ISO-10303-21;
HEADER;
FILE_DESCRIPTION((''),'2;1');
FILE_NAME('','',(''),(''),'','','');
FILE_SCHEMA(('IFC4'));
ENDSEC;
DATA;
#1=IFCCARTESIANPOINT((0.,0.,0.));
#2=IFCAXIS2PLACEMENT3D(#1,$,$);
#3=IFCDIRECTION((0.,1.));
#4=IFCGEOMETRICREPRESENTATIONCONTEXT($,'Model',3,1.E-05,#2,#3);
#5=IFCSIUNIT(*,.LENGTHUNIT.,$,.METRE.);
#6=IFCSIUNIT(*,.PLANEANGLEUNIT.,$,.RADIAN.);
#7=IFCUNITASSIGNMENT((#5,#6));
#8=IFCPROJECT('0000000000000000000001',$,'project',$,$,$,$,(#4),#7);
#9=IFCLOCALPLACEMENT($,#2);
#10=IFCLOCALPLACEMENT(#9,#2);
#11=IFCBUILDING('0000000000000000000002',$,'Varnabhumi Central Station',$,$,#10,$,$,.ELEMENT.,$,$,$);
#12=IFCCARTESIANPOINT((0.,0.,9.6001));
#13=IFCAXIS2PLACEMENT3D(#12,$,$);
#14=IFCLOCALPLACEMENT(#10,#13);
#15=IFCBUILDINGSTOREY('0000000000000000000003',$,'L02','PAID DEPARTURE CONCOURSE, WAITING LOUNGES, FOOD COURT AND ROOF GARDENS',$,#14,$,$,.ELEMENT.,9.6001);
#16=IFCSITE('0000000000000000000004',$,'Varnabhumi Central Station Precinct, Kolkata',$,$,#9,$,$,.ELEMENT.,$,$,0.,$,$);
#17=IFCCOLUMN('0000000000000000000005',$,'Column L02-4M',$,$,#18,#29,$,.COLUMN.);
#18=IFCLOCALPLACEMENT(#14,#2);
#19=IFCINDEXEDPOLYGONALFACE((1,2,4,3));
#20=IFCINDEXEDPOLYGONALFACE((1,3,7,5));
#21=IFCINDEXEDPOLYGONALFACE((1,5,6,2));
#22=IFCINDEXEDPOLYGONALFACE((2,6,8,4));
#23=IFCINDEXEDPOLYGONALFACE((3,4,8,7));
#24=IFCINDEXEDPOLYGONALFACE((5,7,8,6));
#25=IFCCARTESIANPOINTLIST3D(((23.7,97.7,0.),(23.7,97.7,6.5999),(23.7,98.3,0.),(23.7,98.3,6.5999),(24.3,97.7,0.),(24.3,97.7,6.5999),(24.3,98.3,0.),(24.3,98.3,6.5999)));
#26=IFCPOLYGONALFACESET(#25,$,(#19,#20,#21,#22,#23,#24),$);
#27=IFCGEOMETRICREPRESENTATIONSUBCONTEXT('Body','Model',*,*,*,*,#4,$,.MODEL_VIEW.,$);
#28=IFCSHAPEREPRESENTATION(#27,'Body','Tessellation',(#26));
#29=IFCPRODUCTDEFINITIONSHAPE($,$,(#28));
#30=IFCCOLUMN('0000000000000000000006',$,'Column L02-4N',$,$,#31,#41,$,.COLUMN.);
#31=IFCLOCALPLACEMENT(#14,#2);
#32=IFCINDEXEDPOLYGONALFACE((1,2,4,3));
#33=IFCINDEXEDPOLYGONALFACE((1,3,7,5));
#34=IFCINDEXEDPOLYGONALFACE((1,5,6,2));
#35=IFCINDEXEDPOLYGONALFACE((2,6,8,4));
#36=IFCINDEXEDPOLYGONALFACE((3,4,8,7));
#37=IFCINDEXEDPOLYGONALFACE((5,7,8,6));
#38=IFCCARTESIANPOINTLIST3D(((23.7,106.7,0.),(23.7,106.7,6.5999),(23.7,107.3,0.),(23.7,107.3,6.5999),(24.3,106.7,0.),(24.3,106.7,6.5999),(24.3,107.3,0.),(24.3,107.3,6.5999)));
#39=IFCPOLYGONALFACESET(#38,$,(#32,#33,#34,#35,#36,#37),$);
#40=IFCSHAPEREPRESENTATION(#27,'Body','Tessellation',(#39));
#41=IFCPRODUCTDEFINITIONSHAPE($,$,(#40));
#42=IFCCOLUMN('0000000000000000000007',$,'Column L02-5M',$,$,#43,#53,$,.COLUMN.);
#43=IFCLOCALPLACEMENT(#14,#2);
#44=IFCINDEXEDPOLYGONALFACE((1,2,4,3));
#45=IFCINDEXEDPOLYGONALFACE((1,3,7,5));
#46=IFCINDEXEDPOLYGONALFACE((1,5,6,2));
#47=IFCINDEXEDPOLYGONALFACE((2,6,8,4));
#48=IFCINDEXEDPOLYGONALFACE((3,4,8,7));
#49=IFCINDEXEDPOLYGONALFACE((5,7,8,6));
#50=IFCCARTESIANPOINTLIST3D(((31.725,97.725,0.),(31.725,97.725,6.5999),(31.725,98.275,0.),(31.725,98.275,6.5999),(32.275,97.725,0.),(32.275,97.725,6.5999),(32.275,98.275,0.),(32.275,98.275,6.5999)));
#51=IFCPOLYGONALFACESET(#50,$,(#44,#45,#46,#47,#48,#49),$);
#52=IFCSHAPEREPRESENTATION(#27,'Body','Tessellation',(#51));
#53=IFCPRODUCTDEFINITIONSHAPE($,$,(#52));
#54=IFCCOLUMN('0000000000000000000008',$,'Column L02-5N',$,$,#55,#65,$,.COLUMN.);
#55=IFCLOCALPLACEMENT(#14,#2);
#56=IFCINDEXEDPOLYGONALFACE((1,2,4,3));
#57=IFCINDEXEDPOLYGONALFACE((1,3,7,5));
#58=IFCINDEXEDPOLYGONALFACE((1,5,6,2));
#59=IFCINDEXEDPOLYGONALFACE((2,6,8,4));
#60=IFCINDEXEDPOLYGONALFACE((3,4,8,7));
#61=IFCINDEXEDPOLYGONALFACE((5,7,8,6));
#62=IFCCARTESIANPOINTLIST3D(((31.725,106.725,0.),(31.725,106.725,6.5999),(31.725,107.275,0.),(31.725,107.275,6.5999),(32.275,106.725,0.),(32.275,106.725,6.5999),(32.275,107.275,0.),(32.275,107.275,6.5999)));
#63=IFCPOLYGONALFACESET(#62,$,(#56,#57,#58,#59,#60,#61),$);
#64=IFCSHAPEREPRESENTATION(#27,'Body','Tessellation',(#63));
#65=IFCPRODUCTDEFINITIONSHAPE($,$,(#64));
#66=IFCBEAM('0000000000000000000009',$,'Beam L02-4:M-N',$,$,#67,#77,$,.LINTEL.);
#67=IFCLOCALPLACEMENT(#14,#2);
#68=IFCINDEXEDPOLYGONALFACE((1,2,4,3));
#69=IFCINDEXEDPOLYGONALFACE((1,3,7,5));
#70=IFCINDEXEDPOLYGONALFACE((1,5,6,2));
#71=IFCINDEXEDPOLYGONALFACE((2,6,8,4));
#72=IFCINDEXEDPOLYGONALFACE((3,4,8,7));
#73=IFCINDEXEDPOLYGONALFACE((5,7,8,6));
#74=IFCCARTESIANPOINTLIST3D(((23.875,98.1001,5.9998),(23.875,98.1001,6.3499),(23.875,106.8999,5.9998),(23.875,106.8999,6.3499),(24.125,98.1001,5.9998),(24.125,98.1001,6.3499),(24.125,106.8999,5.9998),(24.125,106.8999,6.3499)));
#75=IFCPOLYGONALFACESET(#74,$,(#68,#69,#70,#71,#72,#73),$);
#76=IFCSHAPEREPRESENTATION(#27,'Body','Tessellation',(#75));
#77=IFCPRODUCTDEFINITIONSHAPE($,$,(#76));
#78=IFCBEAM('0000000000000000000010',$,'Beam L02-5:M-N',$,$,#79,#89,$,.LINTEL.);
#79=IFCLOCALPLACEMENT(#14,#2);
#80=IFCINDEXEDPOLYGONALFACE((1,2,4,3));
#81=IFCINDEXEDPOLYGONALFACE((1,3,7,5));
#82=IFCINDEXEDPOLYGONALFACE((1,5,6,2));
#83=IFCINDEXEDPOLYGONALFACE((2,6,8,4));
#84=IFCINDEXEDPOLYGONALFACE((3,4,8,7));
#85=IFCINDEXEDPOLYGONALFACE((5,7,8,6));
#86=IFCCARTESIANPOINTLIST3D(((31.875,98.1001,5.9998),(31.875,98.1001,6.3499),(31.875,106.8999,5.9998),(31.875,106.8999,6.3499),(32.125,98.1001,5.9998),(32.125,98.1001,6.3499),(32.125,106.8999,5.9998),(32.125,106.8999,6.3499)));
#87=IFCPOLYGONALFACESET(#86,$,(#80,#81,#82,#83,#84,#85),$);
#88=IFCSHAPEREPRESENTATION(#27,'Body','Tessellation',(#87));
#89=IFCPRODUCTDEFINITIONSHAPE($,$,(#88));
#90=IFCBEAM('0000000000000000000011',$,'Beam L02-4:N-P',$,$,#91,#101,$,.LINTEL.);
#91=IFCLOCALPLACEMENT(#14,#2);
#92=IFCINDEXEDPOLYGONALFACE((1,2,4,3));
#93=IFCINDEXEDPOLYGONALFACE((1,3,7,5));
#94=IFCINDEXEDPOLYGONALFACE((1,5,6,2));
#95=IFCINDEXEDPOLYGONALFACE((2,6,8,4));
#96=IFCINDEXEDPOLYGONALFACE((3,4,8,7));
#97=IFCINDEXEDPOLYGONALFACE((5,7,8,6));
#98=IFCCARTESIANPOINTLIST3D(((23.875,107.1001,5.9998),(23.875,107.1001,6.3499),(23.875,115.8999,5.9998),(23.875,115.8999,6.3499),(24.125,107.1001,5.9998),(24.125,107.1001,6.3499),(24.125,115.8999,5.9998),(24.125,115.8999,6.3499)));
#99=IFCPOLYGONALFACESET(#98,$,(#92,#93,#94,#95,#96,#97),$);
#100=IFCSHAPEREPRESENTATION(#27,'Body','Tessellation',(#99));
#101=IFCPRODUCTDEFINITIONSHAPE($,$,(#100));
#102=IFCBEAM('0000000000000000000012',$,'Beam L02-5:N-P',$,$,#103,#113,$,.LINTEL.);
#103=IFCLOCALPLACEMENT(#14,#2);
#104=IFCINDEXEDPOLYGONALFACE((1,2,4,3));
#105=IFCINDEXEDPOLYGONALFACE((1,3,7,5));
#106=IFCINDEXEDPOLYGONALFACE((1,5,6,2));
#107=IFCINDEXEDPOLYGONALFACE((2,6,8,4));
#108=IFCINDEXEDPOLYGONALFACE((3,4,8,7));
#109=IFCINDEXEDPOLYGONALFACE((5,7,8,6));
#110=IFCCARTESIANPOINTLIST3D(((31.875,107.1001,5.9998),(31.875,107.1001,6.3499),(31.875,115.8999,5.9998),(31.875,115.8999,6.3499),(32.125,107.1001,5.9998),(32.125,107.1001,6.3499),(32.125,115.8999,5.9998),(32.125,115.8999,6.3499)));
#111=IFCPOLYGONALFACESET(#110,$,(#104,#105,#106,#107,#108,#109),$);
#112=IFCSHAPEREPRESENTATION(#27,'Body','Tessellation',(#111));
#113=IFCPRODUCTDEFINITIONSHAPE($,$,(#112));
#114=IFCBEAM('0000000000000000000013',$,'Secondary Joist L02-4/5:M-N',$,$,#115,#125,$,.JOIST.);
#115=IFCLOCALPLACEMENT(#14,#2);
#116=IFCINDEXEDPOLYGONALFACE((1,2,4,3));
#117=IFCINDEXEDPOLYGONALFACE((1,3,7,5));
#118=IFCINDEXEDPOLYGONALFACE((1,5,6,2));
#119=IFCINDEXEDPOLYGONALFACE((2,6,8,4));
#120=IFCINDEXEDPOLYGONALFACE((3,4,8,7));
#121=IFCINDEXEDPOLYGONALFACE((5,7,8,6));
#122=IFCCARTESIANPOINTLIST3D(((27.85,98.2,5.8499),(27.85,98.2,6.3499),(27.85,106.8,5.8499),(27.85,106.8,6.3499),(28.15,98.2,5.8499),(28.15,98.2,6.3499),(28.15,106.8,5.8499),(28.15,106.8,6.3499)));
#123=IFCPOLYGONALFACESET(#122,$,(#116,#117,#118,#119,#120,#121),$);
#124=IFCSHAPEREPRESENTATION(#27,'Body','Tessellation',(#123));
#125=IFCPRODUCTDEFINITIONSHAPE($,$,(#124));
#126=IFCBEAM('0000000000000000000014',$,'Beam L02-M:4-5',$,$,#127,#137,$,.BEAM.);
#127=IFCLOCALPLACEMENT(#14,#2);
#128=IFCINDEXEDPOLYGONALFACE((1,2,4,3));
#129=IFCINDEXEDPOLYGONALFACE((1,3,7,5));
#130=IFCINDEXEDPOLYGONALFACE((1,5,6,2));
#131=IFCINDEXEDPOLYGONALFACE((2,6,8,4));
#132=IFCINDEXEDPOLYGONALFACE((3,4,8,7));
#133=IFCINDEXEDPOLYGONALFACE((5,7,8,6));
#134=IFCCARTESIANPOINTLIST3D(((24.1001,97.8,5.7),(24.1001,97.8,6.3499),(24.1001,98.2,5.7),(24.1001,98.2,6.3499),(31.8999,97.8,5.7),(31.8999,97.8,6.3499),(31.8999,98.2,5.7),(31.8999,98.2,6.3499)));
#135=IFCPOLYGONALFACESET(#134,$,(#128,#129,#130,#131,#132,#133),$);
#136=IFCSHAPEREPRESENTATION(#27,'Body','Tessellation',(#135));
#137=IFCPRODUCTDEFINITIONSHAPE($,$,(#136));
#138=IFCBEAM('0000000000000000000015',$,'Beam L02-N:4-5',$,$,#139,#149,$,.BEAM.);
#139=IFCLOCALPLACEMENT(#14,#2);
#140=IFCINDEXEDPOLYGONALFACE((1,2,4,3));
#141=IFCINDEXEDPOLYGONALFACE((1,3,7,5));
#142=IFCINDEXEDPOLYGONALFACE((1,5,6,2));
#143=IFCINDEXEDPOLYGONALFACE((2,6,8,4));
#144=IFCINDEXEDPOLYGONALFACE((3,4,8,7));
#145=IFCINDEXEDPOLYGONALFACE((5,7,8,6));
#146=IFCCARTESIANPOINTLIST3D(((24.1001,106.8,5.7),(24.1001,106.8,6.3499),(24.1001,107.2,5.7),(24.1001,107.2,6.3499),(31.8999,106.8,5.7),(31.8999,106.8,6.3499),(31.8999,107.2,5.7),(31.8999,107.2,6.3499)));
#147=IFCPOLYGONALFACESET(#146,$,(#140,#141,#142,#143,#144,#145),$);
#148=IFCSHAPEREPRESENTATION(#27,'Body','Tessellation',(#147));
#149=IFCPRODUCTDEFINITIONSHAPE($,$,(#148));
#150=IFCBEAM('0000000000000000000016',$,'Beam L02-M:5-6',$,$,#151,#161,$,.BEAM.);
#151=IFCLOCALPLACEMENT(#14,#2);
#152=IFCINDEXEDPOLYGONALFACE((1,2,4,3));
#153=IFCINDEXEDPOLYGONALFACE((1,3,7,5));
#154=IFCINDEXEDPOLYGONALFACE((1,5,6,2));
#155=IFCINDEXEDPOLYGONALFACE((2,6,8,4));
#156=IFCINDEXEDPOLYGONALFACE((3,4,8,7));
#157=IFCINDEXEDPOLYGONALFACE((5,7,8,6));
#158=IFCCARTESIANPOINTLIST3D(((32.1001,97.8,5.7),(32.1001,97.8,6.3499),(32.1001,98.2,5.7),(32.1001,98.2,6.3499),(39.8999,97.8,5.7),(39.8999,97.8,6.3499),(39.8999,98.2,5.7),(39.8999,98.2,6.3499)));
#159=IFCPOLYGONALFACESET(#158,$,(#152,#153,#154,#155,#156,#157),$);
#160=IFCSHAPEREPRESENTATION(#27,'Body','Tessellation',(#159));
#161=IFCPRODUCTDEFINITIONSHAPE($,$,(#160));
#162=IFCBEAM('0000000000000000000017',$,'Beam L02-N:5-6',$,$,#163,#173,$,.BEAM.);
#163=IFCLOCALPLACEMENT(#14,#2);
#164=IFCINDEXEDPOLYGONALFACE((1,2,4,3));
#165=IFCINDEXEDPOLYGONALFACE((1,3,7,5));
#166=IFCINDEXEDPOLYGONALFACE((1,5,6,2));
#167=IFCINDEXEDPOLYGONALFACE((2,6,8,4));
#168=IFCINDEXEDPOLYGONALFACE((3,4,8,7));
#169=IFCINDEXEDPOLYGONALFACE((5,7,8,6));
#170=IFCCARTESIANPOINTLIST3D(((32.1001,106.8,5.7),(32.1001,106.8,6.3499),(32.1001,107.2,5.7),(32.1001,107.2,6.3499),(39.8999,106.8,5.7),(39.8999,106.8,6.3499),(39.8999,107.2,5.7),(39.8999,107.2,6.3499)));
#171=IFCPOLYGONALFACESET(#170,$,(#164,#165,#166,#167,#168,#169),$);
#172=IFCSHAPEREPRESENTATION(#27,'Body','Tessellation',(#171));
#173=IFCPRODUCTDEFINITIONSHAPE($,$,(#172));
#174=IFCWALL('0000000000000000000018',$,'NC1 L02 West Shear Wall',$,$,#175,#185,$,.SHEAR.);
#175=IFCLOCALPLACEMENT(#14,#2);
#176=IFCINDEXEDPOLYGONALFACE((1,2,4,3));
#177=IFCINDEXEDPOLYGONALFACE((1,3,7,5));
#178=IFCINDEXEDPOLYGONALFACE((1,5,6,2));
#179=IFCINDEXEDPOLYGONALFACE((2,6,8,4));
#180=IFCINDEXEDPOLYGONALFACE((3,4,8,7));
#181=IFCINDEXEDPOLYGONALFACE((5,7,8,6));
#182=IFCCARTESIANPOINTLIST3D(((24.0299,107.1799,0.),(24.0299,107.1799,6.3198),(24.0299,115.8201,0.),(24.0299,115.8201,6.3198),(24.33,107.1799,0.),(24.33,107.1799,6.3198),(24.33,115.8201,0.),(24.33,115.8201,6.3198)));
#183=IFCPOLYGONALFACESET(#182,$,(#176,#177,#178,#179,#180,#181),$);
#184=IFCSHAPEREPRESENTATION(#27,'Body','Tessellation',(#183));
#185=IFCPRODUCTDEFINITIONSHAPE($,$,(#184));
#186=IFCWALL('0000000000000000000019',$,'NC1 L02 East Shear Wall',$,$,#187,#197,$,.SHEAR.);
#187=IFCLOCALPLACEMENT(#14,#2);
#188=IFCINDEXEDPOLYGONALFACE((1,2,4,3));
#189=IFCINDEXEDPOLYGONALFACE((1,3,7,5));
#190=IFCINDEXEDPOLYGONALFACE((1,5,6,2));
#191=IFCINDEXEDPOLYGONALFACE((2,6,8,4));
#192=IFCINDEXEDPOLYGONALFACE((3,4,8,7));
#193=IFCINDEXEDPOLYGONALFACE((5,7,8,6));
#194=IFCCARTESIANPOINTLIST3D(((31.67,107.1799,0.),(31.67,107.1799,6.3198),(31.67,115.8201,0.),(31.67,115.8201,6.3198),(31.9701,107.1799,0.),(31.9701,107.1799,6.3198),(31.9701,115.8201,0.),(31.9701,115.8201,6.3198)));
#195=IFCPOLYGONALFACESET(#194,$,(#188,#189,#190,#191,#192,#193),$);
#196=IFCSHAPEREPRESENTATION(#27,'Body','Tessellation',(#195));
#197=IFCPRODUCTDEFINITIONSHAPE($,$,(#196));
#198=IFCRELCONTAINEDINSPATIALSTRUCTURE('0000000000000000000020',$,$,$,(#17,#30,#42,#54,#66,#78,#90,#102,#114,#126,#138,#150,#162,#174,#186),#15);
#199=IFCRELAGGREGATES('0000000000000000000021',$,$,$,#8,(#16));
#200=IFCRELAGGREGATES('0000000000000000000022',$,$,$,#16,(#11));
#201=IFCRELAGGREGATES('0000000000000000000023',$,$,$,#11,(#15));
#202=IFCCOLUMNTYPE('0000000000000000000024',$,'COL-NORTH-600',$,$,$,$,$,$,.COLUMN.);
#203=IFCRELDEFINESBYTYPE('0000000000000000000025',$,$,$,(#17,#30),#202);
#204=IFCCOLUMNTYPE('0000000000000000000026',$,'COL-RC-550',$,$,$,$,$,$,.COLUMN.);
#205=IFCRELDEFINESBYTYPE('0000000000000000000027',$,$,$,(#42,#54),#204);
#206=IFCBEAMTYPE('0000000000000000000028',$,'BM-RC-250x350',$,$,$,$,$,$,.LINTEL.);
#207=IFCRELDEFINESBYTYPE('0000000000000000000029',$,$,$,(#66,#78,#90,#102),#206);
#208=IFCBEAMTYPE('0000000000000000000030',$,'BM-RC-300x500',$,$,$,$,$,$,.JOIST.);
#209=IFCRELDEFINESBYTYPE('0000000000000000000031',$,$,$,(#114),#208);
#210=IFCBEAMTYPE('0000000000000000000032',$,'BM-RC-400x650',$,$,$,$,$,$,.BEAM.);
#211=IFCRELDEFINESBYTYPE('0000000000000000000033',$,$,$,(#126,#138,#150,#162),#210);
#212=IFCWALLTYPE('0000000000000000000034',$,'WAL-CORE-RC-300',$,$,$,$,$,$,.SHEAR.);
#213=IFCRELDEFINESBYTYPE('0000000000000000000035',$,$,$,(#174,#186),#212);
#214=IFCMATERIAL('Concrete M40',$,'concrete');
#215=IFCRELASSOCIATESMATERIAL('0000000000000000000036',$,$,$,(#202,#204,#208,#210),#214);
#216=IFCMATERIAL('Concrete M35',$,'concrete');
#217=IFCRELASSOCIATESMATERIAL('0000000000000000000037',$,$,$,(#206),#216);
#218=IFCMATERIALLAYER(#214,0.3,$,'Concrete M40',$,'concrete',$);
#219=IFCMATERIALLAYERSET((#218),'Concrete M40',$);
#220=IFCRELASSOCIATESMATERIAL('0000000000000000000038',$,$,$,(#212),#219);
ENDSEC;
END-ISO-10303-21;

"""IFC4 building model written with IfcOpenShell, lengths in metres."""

from ifc_helpers import new_model, si_unit, direction, frame, frame_2d, origin, origin_2d, place, context, subcontext, project, spatial, rectangle, extrude, material, layer, layer_set, material_profile, profile_set, type_object, element, save


model = new_model("IFC4")

# Units and contexts
model_context = context("Model", 3, precision=1e-05, world=origin(), true_north=direction((0.0, 1.0)))
body_context = subcontext(model_context, "Body", "Model", "MODEL_VIEW")
ifc_project = project(units=[si_unit("LENGTHUNIT", "METRE"), si_unit("PLANEANGLEUNIT", "RADIAN")], contexts=[model_context])

# Site, building, storey
site_placement = place(None, origin())
site = spatial("IfcSite", under=ifc_project, at=site_placement, Name="Varnabhumi Central Station Precinct, Kolkata", CompositionType="ELEMENT", RefElevation=0.0)
building_placement = place(site_placement, origin())
building = spatial("IfcBuilding", under=site, at=building_placement, Name="Varnabhumi Central Station", CompositionType="ELEMENT")
storey_placement = place(building_placement, frame((0.0, 0.0, 9.6001)))
storey = spatial("IfcBuildingStorey", under=building, at=storey_placement, Name="L02", Description="PAID DEPARTURE CONCOURSE, WAITING LOUNGES, FOOD COURT AND ROOF GARDENS", CompositionType="ELEMENT", Elevation=9.6001)

# Columns
ifc_material_1 = material(Name="Concrete M40", Category="concrete")
ifc_material_profile_1 = material_profile(ifc_material_1, rectangle(XDim=0.6001, YDim=0.6001, at=origin_2d()), Name="Concrete M40", Category="concrete")
ifc_profile_set_1 = profile_set([ifc_material_profile_1], Name="Concrete M40")
column_type_1 = type_object("IfcColumnType", Name="COL-NORTH-600", PredefinedType="COLUMN", material=ifc_profile_set_1)
for number, where, z_axis, x_axis, name in (
    (1, (24.0, 98.0, 0.0), (0.0, 0.0, 1.0), (1.0, 0.0, 0.0), "Column L02-4M"),
    (2, (24.0, 107.0, 0.0), (0.0, 0.0, 1.0), (1.0, 0.0, 0.0), "Column L02-4N"),
):
    element("IfcColumn", number, at=place(storey_placement, frame(where, z_axis=z_axis, x_axis=x_axis)), inside=storey, type_object=column_type_1, Name=name, PredefinedType="COLUMN", context=body_context, shape_type="SweptSolid", body=[
        extrude(rectangle(XDim=0.6001, YDim=0.6001, at=origin_2d()), origin(), (0.0, 0.0, 1.0), 6.5999),
    ])
ifc_material_profile_2 = material_profile(ifc_material_1, rectangle(XDim=0.55, YDim=0.55, at=origin_2d()), Name="Concrete M40", Category="concrete")
ifc_profile_set_2 = profile_set([ifc_material_profile_2], Name="Concrete M40")
column_type_2 = type_object("IfcColumnType", Name="COL-RC-550", PredefinedType="COLUMN", material=ifc_profile_set_2)
for number, where, z_axis, x_axis, name in (
    (3, (32.0, 98.0, 0.0), (0.0, 0.0, 1.0), (1.0, 0.0, 0.0), "Column L02-5M"),
    (4, (32.0, 107.0, 0.0), (0.0, 0.0, 1.0), (1.0, 0.0, 0.0), "Column L02-5N"),
):
    element("IfcColumn", number, at=place(storey_placement, frame(where, z_axis=z_axis, x_axis=x_axis)), inside=storey, type_object=column_type_2, Name=name, PredefinedType="COLUMN", context=body_context, shape_type="SweptSolid", body=[
        extrude(rectangle(XDim=0.55, YDim=0.55, at=origin_2d()), origin(), (0.0, 0.0, 1.0), 6.5999),
    ])

# Beams
ifc_material_2 = material(Name="Concrete M35", Category="concrete")
ifc_material_profile_3 = material_profile(ifc_material_2, rectangle(XDim=0.25, YDim=0.3501, at=origin_2d()), Name="Concrete M35", Category="concrete")
ifc_profile_set_3 = profile_set([ifc_material_profile_3], Name="Concrete M35")
beam_type_1 = type_object("IfcBeamType", Name="BM-RC-250x350", PredefinedType="LINTEL", material=ifc_profile_set_3)
for number, where, z_axis, x_axis, name in (
    (5, (24.0, 98.1001, 6.1748), (0.0, 1.0, 0.0), (-1.0, 0.0, 0.0), "Beam L02-4:M-N"),
    (6, (32.0, 98.1001, 6.1748), (0.0, 1.0, 0.0), (-1.0, 0.0, 0.0), "Beam L02-5:M-N"),
    (7, (24.0, 107.1001, 6.1748), (0.0, 1.0, 0.0), (-1.0, 0.0, 0.0), "Beam L02-4:N-P"),
    (8, (32.0, 107.1001, 6.1748), (0.0, 1.0, 0.0), (-1.0, 0.0, 0.0), "Beam L02-5:N-P"),
):
    element("IfcBeam", number, at=place(storey_placement, frame(where, z_axis=z_axis, x_axis=x_axis)), inside=storey, type_object=beam_type_1, Name=name, PredefinedType="LINTEL", context=body_context, shape_type="SweptSolid", body=[
        extrude(rectangle(XDim=0.25, YDim=0.3501, at=origin_2d()), origin(), (0.0, 0.0, 1.0), 8.7998),
    ])
ifc_material_profile_4 = material_profile(ifc_material_1, rectangle(XDim=0.3, YDim=0.5, at=origin_2d()), Name="Concrete M40", Category="concrete")
ifc_profile_set_4 = profile_set([ifc_material_profile_4], Name="Concrete M40")
beam_type_2 = type_object("IfcBeamType", Name="BM-RC-300x500", PredefinedType="JOIST", material=ifc_profile_set_4)
beam_placement = place(storey_placement, frame((28.0, 98.2, 6.0999), z_axis=(0.0, 1.0, 0.0), x_axis=(-1.0, 0.0, 0.0)))
element("IfcBeam", 9, at=beam_placement, inside=storey, type_object=beam_type_2, Name="Secondary Joist L02-4/5:M-N", PredefinedType="JOIST", context=body_context, shape_type="SweptSolid", body=[
    extrude(rectangle(XDim=0.3, YDim=0.5, at=origin_2d()), origin(), (0.0, 0.0, 1.0), 8.6001),
])
ifc_material_profile_5 = material_profile(ifc_material_1, rectangle(XDim=0.3999, YDim=0.6499, at=origin_2d()), Name="Concrete M40", Category="concrete")
ifc_profile_set_5 = profile_set([ifc_material_profile_5], Name="Concrete M40")
beam_type_3 = type_object("IfcBeamType", Name="BM-RC-400x650", PredefinedType="BEAM", material=ifc_profile_set_5)
for number, where, z_axis, x_axis, name in (
    (10, (24.1001, 98.0, 6.0249), (1.0, 0.0, 0.0), (0.0, 1.0, 0.0), "Beam L02-M:4-5"),
    (11, (24.1001, 107.0, 6.0249), (1.0, 0.0, 0.0), (0.0, 1.0, 0.0), "Beam L02-N:4-5"),
    (12, (32.1001, 98.0, 6.0249), (1.0, 0.0, 0.0), (0.0, 1.0, 0.0), "Beam L02-M:5-6"),
    (13, (32.1001, 107.0, 6.0249), (1.0, 0.0, 0.0), (0.0, 1.0, 0.0), "Beam L02-N:5-6"),
):
    element("IfcBeam", number, at=place(storey_placement, frame(where, z_axis=z_axis, x_axis=x_axis)), inside=storey, type_object=beam_type_3, Name=name, PredefinedType="BEAM", context=body_context, shape_type="SweptSolid", body=[
        extrude(rectangle(XDim=0.3999, YDim=0.6499, at=origin_2d()), origin(), (0.0, 0.0, 1.0), 7.7998),
    ])

# Walls
ifc_layer_1 = layer(ifc_material_1, 0.3, Name="Concrete M40", Category="concrete")
ifc_layer_set_1 = layer_set([ifc_layer_1], Name="Concrete M40")
wall_type_1 = type_object("IfcWallType", Name="WAL-CORE-RC-300", PredefinedType="SHEAR", material=ifc_layer_set_1)
for number, where, z_axis, x_axis, name in (
    (14, (24.1799, 107.1799, 0.0), (0.0, 0.0, 1.0), (0.0, 1.0, 0.0), "NC1 L02 West Shear Wall"),
    (15, (31.8201, 107.1799, 0.0), (0.0, 0.0, 1.0), (0.0, 1.0, 0.0), "NC1 L02 East Shear Wall"),
):
    element("IfcWall", number, at=place(storey_placement, frame(where, z_axis=z_axis, x_axis=x_axis)), inside=storey, type_object=wall_type_1, Name=name, PredefinedType="SHEAR", context=body_context, shape_type="SweptSolid", body=[
        extrude(rectangle(XDim=8.6401, YDim=0.3, at=frame_2d((4.3201, 0.0))), origin(), (0.0, 0.0, 1.0), 6.3198),
    ])

save(model, "model.ifc")
